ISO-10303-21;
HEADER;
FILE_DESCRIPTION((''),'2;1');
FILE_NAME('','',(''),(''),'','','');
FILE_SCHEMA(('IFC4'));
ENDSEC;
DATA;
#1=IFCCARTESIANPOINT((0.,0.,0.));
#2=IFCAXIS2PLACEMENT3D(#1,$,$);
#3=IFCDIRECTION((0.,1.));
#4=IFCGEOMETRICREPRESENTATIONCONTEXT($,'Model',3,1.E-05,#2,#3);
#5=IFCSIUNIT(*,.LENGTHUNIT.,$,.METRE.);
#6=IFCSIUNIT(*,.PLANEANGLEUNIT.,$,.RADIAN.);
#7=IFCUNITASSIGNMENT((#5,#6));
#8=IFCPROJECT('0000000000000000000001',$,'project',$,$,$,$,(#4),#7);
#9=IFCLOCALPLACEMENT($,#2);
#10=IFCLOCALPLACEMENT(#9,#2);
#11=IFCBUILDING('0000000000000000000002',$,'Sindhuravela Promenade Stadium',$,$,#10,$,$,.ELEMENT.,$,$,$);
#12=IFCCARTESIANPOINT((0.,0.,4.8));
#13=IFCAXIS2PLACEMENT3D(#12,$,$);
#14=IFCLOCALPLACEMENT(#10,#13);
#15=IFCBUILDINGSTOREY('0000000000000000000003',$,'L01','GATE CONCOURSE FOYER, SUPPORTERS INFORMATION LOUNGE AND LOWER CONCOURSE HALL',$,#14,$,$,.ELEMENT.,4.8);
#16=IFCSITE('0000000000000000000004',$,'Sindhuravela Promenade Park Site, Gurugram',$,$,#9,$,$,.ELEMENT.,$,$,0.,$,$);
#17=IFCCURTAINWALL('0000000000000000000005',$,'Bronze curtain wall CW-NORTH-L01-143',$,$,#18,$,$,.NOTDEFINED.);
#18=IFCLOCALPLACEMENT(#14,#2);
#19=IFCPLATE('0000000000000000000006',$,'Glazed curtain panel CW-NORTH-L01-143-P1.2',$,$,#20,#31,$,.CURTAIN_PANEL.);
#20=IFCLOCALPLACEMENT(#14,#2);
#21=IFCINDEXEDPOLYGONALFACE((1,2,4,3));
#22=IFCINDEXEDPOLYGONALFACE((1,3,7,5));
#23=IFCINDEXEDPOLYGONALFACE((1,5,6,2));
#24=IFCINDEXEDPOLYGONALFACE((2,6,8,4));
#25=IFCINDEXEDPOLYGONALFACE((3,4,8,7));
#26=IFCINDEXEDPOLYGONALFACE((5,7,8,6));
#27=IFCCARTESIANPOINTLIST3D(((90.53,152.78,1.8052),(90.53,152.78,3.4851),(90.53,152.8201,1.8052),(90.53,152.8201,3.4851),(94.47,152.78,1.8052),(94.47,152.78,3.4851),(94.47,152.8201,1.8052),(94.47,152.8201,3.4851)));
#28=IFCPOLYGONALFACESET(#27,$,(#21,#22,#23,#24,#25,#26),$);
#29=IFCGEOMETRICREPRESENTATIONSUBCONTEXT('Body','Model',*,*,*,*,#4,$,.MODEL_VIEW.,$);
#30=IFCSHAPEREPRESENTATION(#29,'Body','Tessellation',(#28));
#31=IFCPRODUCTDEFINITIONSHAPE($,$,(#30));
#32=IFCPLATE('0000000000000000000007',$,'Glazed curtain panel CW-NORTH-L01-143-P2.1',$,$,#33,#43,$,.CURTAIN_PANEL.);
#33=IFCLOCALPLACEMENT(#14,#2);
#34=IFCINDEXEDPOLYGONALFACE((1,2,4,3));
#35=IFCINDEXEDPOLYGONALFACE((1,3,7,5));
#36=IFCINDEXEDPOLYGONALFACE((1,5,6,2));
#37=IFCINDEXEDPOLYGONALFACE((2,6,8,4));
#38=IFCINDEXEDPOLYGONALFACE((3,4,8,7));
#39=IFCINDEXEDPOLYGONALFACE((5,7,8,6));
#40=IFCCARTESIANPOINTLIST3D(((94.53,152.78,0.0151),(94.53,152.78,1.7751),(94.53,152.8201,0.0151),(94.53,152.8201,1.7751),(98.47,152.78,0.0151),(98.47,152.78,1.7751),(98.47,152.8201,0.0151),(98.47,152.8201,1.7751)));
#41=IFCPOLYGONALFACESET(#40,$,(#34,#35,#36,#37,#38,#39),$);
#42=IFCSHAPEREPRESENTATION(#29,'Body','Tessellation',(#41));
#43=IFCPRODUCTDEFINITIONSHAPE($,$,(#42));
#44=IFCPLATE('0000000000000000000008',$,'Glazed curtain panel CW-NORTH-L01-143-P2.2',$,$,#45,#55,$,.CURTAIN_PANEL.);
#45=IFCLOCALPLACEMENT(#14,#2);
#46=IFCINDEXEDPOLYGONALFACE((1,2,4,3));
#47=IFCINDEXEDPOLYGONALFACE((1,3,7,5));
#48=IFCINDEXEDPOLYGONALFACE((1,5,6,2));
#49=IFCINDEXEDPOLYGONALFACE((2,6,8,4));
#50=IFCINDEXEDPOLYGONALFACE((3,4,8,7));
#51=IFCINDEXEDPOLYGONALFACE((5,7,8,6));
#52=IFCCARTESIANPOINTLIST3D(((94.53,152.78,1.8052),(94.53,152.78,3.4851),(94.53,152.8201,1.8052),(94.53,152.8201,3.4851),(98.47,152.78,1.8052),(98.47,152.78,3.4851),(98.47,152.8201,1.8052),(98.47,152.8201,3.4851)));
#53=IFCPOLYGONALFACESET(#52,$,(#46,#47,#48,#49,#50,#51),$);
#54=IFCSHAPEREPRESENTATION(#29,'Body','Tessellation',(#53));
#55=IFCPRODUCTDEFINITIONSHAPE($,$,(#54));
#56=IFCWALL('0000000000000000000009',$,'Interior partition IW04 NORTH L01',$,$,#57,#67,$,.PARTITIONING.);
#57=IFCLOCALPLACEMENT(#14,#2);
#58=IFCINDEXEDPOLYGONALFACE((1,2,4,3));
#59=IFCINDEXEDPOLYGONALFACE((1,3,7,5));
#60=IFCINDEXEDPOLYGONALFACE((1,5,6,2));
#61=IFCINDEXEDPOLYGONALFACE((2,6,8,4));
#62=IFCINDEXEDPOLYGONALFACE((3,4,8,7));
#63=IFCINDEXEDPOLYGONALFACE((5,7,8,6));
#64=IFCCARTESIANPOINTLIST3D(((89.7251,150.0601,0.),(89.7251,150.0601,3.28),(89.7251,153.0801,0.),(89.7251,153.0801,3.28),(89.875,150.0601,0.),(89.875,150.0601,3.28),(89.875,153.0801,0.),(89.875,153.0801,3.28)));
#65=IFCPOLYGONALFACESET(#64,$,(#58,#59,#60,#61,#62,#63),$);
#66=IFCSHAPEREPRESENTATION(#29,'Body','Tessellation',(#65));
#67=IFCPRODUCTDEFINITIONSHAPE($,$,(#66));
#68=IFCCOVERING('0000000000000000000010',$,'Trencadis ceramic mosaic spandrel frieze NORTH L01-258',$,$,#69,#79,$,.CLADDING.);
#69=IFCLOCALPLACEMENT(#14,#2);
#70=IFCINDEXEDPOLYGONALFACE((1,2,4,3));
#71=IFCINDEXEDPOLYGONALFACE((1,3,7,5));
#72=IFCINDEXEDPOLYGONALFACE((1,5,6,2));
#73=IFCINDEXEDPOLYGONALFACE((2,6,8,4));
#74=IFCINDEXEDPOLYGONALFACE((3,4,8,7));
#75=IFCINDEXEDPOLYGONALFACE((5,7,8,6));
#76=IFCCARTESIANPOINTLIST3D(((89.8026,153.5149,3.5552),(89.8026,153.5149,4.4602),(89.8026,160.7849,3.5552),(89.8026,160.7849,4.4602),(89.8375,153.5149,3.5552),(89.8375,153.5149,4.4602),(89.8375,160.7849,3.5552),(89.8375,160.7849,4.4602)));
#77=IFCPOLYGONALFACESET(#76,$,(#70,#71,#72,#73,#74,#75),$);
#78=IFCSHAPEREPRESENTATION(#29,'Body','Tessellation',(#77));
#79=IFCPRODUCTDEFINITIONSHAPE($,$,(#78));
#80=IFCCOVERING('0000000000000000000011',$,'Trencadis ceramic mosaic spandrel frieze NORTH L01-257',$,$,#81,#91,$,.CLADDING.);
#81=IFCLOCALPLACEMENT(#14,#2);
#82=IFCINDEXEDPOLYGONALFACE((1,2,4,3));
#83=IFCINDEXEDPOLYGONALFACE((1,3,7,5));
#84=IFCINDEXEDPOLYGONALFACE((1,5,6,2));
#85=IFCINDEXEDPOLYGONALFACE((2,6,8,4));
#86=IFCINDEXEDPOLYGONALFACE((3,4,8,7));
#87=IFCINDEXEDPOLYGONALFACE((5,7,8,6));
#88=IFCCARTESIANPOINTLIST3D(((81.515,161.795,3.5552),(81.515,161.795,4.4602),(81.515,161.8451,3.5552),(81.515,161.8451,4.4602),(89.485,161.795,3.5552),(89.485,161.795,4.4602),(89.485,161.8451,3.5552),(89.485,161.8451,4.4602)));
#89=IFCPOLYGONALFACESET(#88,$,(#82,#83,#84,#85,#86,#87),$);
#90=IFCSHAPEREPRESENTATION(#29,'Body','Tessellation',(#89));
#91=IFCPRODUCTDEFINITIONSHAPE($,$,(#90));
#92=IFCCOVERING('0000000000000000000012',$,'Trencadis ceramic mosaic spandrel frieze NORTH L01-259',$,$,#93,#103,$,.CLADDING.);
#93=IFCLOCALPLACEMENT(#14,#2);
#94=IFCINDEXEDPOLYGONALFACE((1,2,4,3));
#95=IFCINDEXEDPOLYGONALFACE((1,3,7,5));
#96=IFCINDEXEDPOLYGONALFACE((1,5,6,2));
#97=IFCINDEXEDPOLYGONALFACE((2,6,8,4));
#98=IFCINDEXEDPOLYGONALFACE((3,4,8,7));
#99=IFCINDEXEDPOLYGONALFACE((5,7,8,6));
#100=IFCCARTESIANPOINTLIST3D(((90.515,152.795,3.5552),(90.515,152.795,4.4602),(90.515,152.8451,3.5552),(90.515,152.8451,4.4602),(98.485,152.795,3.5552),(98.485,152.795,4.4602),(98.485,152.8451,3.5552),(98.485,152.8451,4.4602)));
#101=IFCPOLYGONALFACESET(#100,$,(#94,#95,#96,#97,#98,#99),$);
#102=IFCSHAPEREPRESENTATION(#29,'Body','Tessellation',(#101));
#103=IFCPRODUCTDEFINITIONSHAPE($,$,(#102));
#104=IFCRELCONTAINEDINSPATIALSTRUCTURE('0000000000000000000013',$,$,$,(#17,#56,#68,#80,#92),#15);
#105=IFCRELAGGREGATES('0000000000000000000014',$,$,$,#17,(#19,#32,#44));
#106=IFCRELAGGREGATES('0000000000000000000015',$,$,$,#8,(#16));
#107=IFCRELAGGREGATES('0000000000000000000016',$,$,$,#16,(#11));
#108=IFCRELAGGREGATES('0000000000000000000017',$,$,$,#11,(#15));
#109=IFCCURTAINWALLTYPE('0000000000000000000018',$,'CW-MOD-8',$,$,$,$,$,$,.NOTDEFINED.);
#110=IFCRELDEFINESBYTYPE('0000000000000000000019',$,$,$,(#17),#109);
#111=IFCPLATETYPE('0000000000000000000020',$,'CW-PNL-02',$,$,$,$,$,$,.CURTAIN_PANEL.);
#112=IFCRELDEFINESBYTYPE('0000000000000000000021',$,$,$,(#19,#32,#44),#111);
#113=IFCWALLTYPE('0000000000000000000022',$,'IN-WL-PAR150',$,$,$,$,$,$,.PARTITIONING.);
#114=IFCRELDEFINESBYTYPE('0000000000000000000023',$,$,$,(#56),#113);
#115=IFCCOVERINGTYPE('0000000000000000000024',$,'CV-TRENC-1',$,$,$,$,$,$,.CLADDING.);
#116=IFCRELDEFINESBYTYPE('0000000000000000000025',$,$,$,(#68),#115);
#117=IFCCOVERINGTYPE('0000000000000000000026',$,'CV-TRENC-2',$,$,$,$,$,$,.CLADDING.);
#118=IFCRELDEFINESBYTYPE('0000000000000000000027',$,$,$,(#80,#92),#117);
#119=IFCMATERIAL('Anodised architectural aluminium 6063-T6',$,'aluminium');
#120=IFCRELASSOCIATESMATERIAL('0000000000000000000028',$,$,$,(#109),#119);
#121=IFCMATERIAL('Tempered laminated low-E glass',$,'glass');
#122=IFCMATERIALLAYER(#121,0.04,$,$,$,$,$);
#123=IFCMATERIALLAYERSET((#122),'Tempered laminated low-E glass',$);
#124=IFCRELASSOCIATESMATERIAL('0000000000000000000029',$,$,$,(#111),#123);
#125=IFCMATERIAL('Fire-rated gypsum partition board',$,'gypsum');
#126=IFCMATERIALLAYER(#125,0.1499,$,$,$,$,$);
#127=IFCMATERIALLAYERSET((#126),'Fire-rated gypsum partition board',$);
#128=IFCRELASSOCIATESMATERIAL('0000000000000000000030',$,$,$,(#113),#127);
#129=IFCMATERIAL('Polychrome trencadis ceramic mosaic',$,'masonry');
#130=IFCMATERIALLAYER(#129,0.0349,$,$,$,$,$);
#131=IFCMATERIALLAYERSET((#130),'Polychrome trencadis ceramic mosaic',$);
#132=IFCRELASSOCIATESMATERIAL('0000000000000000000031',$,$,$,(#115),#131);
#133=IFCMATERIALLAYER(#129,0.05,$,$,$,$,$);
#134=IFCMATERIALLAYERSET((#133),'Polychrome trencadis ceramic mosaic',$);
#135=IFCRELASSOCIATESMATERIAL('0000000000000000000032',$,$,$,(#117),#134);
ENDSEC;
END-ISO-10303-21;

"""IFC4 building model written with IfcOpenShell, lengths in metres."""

from ifc_helpers import new_model, si_unit, direction, frame, frame_2d, origin, origin_2d, place, context, subcontext, project, spatial, rectangle, extrude, material, layer, layer_set, type_object, element, aggregate, save


model = new_model("IFC4")

# Units and contexts
model_context = context("Model", 3, precision=1e-05, world=origin(), true_north=direction((0.0, 1.0)))
body_context = subcontext(model_context, "Body", "Model", "MODEL_VIEW")
ifc_project = project(units=[si_unit("LENGTHUNIT", "METRE"), si_unit("PLANEANGLEUNIT", "RADIAN")], contexts=[model_context])

# Site, building, storey
site_placement = place(None, origin())
site = spatial("IfcSite", under=ifc_project, at=site_placement, Name="Sindhuravela Promenade Park Site, Gurugram", CompositionType="ELEMENT", RefElevation=0.0)
building_placement = place(site_placement, origin())
building = spatial("IfcBuilding", under=site, at=building_placement, Name="Sindhuravela Promenade Stadium", CompositionType="ELEMENT")
storey_placement = place(building_placement, frame((0.0, 0.0, 4.8)))
storey = spatial("IfcBuildingStorey", under=building, at=storey_placement, Name="L01", Description="GATE CONCOURSE FOYER, SUPPORTERS INFORMATION LOUNGE AND LOWER CONCOURSE HALL", CompositionType="ELEMENT", Elevation=4.8)

# Curtain wall
ifc_material_1 = material(Name="Anodised architectural aluminium 6063-T6", Category="aluminium")
curtain_wall_type_1 = type_object("IfcCurtainWallType", Name="CW-MOD-8", PredefinedType="NOTDEFINED", material=ifc_material_1)
curtain_wall_1_placement = place(storey_placement, origin())
curtain_wall_1 = element("IfcCurtainWall", 1, at=curtain_wall_1_placement, inside=storey, type_object=curtain_wall_type_1, Name="Bronze curtain wall CW-NORTH-L01-143", PredefinedType="NOTDEFINED")

# Plates
ifc_material_2 = material(Name="Tempered laminated low-E glass", Category="glass")
ifc_layer_1 = layer(ifc_material_2, 0.04)
ifc_layer_set_1 = layer_set([ifc_layer_1], Name="Tempered laminated low-E glass")
plate_type_1 = type_object("IfcPlateType", Name="CW-PNL-02", PredefinedType="CURTAIN_PANEL", material=ifc_layer_set_1)
plate_1_placement = place(storey_placement, frame((92.5, 152.8, 1.8052), z_axis=(0.0, 0.0, 1.0), x_axis=(1.0, 0.0, 0.0)))
plate_1 = element("IfcPlate", 2, at=plate_1_placement, type_object=plate_type_1, Name="Glazed curtain panel CW-NORTH-L01-143-P1.2", PredefinedType="CURTAIN_PANEL", context=body_context, shape_type="SweptSolid", body=[
    extrude(rectangle(XDim=3.9399, YDim=0.04, at=origin_2d()), origin(), (0.0, 0.0, 1.0), 1.6799),
])
plate_2_placement = place(storey_placement, frame((96.5, 152.8, 0.0151), z_axis=(0.0, 0.0, 1.0), x_axis=(1.0, 0.0, 0.0)))
plate_2 = element("IfcPlate", 3, at=plate_2_placement, type_object=plate_type_1, Name="Glazed curtain panel CW-NORTH-L01-143-P2.1", PredefinedType="CURTAIN_PANEL", context=body_context, shape_type="SweptSolid", body=[
    extrude(rectangle(XDim=3.9399, YDim=0.04, at=origin_2d()), origin(), (0.0, 0.0, 1.0), 1.76),
])
plate_3_placement = place(storey_placement, frame((96.5, 152.8, 1.8052), z_axis=(0.0, 0.0, 1.0), x_axis=(1.0, 0.0, 0.0)))
plate_3 = element("IfcPlate", 4, at=plate_3_placement, type_object=plate_type_1, Name="Glazed curtain panel CW-NORTH-L01-143-P2.2", PredefinedType="CURTAIN_PANEL", context=body_context, shape_type="SweptSolid", body=[
    extrude(rectangle(XDim=3.9399, YDim=0.04, at=origin_2d()), origin(), (0.0, 0.0, 1.0), 1.6799),
])
aggregate(curtain_wall_1, [plate_1, plate_2, plate_3])

# Wall
ifc_material_3 = material(Name="Fire-rated gypsum partition board", Category="gypsum")
ifc_layer_2 = layer(ifc_material_3, 0.1499)
ifc_layer_set_2 = layer_set([ifc_layer_2], Name="Fire-rated gypsum partition board")
wall_type = type_object("IfcWallType", Name="IN-WL-PAR150", PredefinedType="PARTITIONING", material=ifc_layer_set_2)
wall_placement = place(storey_placement, frame((89.8, 153.0801, 0.0), z_axis=(0.0, 0.0, 1.0), x_axis=(0.0, -1.0, 0.0)))
element("IfcWall", 5, at=wall_placement, inside=storey, type_object=wall_type, Name="Interior partition IW04 NORTH L01", PredefinedType="PARTITIONING", context=body_context, shape_type="SweptSolid", body=[
    extrude(rectangle(XDim=3.02, YDim=0.1499, at=frame_2d((1.51, 0.0))), origin(), (0.0, 0.0, 1.0), 3.28),
])

# Coverings
ifc_material_4 = material(Name="Polychrome trencadis ceramic mosaic", Category="masonry")
ifc_layer_3 = layer(ifc_material_4, 0.0349)
ifc_layer_set_3 = layer_set([ifc_layer_3], Name="Polychrome trencadis ceramic mosaic")
covering_type_1 = type_object("IfcCoveringType", Name="CV-TRENC-1", PredefinedType="CLADDING", material=ifc_layer_set_3)
covering_placement = place(storey_placement, frame((89.8201, 157.1499, 3.5552), z_axis=(0.0, 0.0, 1.0), x_axis=(0.0, -1.0, 0.0)))
element("IfcCovering", 6, at=covering_placement, inside=storey, type_object=covering_type_1, Name="Trencadis ceramic mosaic spandrel frieze NORTH L01-258", PredefinedType="CLADDING", context=body_context, shape_type="SweptSolid", body=[
    extrude(rectangle(XDim=7.27, YDim=0.0349, at=origin_2d()), origin(), (0.0, 0.0, 1.0), 0.905),
])
ifc_layer_4 = layer(ifc_material_4, 0.05)
ifc_layer_set_4 = layer_set([ifc_layer_4], Name="Polychrome trencadis ceramic mosaic")
covering_type_2 = type_object("IfcCoveringType", Name="CV-TRENC-2", PredefinedType="CLADDING", material=ifc_layer_set_4)
for number, where, z_axis, x_axis, name in (
    (7, (85.5, 161.8201, 3.5552), (0.0, 0.0, 1.0), (1.0, 0.0, 0.0), "Trencadis ceramic mosaic spandrel frieze NORTH L01-257"),
    (8, (94.5, 152.8201, 3.5552), (0.0, 0.0, 1.0), (1.0, 0.0, 0.0), "Trencadis ceramic mosaic spandrel frieze NORTH L01-259"),
):
    element("IfcCovering", number, at=place(storey_placement, frame(where, z_axis=z_axis, x_axis=x_axis)), inside=storey, type_object=covering_type_2, Name=name, PredefinedType="CLADDING", context=body_context, shape_type="SweptSolid", body=[
        extrude(rectangle(XDim=7.97, YDim=0.05, at=origin_2d()), origin(), (0.0, 0.0, 1.0), 0.905),
    ])

save(model, "model.ifc")
